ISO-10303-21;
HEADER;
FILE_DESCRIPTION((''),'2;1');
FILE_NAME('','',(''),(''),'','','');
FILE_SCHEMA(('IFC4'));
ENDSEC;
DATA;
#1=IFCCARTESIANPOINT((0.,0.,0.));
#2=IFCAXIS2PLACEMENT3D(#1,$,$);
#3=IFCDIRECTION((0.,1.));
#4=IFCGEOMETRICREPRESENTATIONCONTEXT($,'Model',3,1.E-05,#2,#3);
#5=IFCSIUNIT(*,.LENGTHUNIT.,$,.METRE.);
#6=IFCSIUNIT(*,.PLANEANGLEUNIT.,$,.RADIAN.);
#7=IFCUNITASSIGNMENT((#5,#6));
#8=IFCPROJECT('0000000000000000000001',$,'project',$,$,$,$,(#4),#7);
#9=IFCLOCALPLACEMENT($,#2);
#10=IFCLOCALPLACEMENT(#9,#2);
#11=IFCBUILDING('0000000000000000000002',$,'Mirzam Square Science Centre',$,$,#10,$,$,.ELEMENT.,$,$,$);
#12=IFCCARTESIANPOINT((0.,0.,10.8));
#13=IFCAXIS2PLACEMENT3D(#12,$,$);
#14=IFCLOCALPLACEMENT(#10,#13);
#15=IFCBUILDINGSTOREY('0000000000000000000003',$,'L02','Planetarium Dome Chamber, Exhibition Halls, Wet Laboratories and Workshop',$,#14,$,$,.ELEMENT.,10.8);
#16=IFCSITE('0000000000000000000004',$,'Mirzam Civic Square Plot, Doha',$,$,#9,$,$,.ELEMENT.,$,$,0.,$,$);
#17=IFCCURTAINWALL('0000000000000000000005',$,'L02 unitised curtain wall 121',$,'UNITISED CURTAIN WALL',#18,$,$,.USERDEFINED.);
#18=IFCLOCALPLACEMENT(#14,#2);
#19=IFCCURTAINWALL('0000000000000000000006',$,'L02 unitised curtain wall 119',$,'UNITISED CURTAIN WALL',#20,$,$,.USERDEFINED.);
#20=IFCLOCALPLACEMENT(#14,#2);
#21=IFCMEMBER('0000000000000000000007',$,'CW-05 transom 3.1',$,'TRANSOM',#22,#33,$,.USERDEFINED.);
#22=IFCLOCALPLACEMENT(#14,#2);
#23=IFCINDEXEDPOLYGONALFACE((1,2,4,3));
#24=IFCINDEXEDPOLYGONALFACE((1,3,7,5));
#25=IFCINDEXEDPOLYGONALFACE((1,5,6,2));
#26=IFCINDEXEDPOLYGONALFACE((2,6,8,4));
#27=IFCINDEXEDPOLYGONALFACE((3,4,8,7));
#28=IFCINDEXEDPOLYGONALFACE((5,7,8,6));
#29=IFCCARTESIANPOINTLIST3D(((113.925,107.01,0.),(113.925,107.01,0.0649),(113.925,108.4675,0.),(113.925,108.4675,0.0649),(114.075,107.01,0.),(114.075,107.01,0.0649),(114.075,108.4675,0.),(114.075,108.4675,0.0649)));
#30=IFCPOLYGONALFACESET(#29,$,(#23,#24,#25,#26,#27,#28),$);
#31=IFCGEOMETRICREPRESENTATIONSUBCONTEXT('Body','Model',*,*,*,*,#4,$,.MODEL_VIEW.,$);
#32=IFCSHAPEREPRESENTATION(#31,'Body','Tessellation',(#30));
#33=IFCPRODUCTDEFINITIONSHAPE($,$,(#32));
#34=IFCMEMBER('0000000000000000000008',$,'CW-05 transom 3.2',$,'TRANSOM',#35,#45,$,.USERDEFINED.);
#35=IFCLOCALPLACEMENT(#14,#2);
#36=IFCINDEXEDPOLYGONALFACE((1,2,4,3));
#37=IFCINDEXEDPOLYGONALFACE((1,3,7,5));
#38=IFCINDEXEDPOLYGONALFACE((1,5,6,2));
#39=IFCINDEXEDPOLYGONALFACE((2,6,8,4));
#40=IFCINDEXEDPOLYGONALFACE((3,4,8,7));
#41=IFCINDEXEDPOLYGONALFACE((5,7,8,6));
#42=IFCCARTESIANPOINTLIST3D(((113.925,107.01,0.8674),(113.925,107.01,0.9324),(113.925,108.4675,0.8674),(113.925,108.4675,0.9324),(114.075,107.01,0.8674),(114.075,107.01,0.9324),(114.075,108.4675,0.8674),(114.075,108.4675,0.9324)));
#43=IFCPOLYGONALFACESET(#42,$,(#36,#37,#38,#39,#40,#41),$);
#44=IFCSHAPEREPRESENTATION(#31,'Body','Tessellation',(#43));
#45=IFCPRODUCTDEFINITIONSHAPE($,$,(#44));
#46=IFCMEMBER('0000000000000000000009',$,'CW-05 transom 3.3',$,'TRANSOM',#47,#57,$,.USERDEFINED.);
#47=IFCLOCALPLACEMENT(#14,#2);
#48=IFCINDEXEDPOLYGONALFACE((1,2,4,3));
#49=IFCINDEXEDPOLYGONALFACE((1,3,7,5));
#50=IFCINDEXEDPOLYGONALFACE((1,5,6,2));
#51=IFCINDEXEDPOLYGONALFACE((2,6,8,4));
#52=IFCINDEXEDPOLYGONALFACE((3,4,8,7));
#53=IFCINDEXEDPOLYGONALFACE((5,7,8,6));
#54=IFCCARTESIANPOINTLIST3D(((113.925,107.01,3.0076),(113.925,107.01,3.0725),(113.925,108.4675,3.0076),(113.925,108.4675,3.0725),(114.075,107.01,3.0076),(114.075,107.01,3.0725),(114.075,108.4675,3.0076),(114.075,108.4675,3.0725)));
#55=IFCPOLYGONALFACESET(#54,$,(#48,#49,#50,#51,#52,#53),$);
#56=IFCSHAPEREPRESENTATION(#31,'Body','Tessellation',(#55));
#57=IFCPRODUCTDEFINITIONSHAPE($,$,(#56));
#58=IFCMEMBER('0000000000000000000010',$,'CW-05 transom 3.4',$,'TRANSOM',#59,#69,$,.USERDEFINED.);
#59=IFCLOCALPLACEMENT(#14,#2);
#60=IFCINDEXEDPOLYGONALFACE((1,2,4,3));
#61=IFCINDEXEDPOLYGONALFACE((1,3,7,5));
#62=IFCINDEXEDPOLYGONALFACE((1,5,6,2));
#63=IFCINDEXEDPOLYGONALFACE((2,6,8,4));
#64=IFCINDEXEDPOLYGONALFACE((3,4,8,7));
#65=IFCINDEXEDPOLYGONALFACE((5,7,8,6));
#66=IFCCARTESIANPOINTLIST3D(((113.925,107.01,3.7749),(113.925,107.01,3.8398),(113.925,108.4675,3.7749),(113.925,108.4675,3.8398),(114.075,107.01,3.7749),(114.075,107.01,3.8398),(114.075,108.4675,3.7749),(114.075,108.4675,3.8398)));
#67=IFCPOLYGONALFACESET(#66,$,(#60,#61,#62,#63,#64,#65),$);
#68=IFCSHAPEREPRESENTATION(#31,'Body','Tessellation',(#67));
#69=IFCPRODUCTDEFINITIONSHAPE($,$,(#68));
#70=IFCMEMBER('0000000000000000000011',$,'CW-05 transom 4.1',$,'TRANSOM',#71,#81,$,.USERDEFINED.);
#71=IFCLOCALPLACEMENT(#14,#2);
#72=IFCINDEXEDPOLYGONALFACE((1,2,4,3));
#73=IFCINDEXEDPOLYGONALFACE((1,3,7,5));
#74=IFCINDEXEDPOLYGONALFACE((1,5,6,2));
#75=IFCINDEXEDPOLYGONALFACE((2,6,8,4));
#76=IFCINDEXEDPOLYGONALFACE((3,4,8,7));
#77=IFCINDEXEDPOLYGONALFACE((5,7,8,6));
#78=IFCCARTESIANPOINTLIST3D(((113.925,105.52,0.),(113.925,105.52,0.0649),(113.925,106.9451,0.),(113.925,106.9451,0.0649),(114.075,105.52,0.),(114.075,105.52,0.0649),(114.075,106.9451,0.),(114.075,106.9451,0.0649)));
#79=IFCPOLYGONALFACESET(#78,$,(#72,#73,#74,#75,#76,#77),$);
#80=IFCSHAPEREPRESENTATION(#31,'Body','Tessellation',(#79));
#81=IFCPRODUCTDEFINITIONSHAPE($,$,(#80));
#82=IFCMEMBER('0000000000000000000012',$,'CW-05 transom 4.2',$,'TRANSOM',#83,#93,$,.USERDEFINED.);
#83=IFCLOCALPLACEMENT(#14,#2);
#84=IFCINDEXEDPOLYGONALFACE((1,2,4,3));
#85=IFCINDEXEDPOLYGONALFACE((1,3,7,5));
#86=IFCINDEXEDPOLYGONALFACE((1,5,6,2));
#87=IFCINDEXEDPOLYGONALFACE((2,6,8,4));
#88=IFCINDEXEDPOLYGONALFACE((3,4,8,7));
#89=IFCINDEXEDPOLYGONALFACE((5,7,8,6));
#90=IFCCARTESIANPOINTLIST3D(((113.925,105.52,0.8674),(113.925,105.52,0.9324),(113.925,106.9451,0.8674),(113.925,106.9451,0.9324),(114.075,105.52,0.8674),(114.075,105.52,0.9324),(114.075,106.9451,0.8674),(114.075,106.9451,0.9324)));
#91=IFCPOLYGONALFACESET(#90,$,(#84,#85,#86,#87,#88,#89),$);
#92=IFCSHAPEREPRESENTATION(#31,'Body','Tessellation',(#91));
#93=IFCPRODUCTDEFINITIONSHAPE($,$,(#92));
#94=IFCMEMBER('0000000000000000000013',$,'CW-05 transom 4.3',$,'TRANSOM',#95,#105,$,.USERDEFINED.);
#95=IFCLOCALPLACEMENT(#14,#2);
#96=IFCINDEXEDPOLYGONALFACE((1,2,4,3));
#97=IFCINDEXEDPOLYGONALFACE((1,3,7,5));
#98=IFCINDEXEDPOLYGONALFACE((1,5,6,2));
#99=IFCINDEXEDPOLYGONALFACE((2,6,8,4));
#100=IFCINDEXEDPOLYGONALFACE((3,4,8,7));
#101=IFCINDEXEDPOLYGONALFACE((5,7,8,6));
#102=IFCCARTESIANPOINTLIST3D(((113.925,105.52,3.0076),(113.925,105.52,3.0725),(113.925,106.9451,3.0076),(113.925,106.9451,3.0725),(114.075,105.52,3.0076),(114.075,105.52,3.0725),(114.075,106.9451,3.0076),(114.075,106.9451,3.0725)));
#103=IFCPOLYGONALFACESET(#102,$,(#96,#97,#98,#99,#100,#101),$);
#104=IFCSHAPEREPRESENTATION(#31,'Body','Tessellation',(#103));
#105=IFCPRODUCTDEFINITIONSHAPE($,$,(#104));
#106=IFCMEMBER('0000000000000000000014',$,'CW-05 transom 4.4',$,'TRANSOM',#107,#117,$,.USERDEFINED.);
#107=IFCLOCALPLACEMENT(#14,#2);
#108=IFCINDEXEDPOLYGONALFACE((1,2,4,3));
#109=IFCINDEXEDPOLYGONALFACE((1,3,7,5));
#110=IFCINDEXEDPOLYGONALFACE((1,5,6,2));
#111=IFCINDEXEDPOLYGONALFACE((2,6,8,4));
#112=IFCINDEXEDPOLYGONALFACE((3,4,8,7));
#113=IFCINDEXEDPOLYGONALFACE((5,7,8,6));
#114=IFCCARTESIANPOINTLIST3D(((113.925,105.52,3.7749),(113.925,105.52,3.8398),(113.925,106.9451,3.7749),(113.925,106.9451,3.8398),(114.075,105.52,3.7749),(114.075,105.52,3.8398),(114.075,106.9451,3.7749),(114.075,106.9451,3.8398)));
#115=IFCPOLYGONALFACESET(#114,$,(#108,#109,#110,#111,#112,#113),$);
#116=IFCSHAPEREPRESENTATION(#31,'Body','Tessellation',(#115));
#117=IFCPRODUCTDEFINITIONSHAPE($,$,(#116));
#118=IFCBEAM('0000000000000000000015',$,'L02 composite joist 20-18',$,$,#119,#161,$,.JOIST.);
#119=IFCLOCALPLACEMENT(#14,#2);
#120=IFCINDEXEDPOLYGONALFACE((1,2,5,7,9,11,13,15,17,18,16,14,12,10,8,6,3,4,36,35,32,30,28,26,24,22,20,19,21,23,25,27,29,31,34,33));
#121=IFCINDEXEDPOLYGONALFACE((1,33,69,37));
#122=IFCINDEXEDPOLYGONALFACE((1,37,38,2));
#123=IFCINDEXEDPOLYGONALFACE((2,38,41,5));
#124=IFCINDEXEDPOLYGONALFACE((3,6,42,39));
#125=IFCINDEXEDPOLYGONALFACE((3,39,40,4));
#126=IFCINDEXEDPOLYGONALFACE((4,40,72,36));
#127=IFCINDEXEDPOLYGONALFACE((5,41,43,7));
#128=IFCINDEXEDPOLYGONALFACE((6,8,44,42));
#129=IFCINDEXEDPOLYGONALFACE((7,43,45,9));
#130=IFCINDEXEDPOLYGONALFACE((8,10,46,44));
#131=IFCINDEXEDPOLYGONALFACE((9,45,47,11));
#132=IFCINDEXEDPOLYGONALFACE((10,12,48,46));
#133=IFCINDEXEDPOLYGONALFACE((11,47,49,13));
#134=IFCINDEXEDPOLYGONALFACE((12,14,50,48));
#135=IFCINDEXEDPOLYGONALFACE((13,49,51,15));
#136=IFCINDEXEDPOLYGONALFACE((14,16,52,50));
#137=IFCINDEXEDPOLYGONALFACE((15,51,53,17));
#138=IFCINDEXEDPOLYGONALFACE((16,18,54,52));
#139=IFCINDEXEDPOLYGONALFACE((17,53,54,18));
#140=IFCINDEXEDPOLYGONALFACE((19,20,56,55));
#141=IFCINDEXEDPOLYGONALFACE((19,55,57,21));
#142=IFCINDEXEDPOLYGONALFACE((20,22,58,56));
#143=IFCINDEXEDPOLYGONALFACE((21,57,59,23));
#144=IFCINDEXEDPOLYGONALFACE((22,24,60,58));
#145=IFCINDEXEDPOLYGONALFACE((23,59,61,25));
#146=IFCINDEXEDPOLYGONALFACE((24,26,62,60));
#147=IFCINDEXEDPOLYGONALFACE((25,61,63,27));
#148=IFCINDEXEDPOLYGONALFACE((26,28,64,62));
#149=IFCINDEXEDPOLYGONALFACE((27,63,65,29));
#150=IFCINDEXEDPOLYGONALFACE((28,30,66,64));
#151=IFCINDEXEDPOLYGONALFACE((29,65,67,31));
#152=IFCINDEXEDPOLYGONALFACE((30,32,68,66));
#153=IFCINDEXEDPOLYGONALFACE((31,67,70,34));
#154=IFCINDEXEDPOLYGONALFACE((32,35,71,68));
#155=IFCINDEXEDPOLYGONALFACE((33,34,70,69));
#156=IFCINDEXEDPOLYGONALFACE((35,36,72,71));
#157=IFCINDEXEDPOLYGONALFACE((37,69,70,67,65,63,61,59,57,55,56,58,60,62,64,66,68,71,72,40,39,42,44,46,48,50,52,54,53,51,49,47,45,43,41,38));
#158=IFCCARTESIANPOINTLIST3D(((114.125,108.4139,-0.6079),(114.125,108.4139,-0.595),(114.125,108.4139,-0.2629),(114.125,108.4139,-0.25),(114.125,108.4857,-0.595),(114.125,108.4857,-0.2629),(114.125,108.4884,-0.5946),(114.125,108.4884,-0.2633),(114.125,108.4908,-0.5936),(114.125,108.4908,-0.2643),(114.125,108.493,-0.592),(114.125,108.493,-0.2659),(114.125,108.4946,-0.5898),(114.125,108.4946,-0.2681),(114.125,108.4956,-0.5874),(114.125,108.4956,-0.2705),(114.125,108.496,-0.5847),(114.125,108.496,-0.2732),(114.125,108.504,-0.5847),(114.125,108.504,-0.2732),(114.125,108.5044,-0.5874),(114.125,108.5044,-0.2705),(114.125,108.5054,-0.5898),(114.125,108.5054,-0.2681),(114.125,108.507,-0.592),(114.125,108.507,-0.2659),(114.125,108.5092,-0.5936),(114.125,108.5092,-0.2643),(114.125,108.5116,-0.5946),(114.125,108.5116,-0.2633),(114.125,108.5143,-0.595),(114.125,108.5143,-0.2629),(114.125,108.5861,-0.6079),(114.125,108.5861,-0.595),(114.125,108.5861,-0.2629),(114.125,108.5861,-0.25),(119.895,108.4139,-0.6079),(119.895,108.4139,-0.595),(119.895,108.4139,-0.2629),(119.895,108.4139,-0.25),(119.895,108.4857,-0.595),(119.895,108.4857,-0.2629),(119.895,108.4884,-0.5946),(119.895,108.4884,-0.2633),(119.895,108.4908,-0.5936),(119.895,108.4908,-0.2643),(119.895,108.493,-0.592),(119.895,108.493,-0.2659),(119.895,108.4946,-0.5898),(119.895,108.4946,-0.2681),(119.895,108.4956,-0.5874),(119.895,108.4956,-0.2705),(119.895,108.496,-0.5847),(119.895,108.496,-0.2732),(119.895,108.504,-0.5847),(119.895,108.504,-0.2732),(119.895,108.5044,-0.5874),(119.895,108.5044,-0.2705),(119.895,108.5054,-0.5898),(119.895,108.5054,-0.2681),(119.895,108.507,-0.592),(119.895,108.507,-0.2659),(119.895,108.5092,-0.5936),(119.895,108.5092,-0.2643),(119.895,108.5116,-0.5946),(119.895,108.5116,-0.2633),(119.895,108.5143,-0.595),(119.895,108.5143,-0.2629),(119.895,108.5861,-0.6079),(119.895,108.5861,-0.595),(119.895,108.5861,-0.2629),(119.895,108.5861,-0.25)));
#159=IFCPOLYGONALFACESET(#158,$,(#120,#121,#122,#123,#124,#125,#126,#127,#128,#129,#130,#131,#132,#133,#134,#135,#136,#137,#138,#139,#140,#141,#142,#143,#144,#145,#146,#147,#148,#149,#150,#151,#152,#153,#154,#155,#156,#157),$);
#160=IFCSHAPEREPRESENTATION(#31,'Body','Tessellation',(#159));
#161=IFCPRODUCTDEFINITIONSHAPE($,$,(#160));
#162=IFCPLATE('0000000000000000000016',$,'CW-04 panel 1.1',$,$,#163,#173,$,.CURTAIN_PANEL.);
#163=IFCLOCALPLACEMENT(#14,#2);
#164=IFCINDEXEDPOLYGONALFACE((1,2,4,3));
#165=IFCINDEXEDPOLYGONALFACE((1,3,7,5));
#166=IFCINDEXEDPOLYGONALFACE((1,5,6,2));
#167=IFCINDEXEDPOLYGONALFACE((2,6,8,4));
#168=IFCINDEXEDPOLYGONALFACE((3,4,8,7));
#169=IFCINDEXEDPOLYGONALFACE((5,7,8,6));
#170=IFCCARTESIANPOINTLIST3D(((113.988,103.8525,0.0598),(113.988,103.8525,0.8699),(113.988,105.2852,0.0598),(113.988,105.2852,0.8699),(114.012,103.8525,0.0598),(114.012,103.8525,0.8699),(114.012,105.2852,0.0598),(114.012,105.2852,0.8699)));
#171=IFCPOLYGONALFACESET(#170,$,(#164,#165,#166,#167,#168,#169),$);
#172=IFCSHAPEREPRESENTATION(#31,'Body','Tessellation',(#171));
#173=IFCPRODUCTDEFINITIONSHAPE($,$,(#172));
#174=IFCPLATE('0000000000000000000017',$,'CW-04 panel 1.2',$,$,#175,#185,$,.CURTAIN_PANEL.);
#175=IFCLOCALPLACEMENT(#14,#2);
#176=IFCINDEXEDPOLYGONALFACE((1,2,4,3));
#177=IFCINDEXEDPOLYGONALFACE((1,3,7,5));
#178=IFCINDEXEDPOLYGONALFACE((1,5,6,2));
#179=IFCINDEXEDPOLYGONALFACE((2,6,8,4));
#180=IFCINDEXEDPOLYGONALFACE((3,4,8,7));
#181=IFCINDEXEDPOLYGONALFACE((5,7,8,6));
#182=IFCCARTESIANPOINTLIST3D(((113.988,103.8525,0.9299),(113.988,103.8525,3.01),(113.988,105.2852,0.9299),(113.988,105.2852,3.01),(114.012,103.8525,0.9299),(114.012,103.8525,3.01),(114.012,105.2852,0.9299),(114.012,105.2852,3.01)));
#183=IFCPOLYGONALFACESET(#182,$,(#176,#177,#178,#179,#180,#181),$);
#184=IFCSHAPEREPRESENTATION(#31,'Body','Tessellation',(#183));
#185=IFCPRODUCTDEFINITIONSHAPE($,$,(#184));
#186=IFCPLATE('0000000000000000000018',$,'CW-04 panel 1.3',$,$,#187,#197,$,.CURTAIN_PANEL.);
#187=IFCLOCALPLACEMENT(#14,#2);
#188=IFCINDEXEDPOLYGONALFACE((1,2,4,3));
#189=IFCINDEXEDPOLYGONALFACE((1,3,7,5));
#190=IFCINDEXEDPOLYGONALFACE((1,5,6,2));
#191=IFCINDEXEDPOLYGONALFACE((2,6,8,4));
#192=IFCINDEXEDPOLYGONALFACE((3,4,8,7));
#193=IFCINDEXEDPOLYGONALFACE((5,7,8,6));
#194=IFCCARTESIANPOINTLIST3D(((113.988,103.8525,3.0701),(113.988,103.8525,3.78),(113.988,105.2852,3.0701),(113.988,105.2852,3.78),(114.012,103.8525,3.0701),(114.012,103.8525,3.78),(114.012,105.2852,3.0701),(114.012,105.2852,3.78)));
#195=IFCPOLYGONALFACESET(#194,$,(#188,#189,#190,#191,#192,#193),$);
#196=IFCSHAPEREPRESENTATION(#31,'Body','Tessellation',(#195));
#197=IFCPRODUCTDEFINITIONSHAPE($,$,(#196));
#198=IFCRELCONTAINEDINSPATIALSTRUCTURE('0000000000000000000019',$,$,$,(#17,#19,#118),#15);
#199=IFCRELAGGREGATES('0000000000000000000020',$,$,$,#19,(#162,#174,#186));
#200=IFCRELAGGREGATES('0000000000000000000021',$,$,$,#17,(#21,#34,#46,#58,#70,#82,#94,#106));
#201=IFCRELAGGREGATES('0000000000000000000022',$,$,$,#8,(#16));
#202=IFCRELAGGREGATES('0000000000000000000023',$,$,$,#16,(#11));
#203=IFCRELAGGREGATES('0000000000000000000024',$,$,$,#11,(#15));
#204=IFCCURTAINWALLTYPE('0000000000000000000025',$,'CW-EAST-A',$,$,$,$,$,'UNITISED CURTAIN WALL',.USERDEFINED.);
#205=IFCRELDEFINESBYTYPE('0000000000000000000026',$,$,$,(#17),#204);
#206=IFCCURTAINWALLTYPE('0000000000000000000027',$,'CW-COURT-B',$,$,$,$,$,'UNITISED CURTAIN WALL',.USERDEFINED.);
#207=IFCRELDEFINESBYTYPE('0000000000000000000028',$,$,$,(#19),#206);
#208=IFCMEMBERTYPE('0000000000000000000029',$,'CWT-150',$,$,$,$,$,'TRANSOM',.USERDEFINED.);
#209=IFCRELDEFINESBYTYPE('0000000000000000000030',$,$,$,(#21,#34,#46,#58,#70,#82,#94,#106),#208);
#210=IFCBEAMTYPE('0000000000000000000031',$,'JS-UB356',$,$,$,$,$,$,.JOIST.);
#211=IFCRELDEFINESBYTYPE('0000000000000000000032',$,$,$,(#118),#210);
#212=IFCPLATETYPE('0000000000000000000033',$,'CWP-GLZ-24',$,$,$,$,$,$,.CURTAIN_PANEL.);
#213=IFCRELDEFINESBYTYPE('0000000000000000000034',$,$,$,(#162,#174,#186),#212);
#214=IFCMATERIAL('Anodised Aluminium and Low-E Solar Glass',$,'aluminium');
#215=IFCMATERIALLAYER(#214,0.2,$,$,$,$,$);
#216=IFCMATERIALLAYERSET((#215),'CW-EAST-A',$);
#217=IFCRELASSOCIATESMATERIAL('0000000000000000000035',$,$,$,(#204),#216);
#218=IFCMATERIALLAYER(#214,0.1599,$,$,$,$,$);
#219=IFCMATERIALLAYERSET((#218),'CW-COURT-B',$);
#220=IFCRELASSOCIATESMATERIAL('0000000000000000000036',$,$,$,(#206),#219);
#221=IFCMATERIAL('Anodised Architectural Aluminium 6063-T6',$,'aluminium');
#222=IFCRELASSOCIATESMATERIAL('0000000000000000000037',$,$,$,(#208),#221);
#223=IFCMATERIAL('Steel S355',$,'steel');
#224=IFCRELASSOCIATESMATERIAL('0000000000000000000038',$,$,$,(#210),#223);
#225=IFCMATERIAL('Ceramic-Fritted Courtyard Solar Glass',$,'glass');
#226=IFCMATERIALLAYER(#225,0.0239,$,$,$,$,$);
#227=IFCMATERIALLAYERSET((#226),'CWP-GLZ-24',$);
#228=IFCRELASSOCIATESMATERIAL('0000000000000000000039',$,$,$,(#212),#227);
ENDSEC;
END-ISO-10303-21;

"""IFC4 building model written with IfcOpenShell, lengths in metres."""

from ifc_helpers import new_model, si_unit, direction, frame, origin, origin_2d, place, context, subcontext, project, spatial, rectangle, i_section, extrude, material, layer, layer_set, material_profile, profile_set, type_object, element, aggregate, save


model = new_model("IFC4")

# Units and contexts
model_context = context("Model", 3, precision=1e-05, world=origin(), true_north=direction((0.0, 1.0)))
body_context = subcontext(model_context, "Body", "Model", "MODEL_VIEW")
ifc_project = project(units=[si_unit("LENGTHUNIT", "METRE"), si_unit("PLANEANGLEUNIT", "RADIAN")], contexts=[model_context])

# Site, building, storey
site_placement = place(None, origin())
site = spatial("IfcSite", under=ifc_project, at=site_placement, Name="Mirzam Civic Square Plot, Doha", CompositionType="ELEMENT", RefElevation=0.0)
building_placement = place(site_placement, origin())
building = spatial("IfcBuilding", under=site, at=building_placement, Name="Mirzam Square Science Centre", CompositionType="ELEMENT")
storey_placement = place(building_placement, frame((0.0, 0.0, 10.8)))
storey = spatial("IfcBuildingStorey", under=building, at=storey_placement, Name="L02", Description="Planetarium Dome Chamber, Exhibition Halls, Wet Laboratories and Workshop", CompositionType="ELEMENT", Elevation=10.8)

# Curtain walls
ifc_material_1 = material(Name="Anodised Aluminium and Low-E Solar Glass", Category="aluminium")
ifc_layer_1 = layer(ifc_material_1, 0.2)
ifc_layer_set_1 = layer_set([ifc_layer_1], Name="CW-EAST-A")
curtain_wall_type_1 = type_object("IfcCurtainWallType", Name="CW-EAST-A", ElementType="UNITISED CURTAIN WALL", PredefinedType="USERDEFINED", material=ifc_layer_set_1)
curtain_wall_1_placement = place(storey_placement, origin())
curtain_wall_1 = element("IfcCurtainWall", 1, at=curtain_wall_1_placement, inside=storey, type_object=curtain_wall_type_1, Name="L02 unitised curtain wall 121", ObjectType="UNITISED CURTAIN WALL", PredefinedType="USERDEFINED")
ifc_material_2 = material(Name="Anodised Architectural Aluminium 6063-T6", Category="aluminium")
ifc_layer_2 = layer(ifc_material_1, 0.1599)
ifc_layer_set_2 = layer_set([ifc_layer_2], Name="CW-COURT-B")
curtain_wall_type_2 = type_object("IfcCurtainWallType", Name="CW-COURT-B", ElementType="UNITISED CURTAIN WALL", PredefinedType="USERDEFINED", material=ifc_layer_set_2)
curtain_wall_2_placement = place(storey_placement, origin())
curtain_wall_2 = element("IfcCurtainWall", 2, at=curtain_wall_2_placement, inside=storey, type_object=curtain_wall_type_2, Name="L02 unitised curtain wall 119", ObjectType="UNITISED CURTAIN WALL", PredefinedType="USERDEFINED")

# Members
ifc_material_profile_1 = material_profile(ifc_material_2, rectangle(XDim=0.1499, YDim=0.0649, at=origin_2d()), Name="ALU-TRAN-150x65x4")
ifc_profile_set_1 = profile_set([ifc_material_profile_1], Name="Anodised Architectural Aluminium 6063-T6")
member_type_1 = type_object("IfcMemberType", Name="CWT-150", ElementType="TRANSOM", PredefinedType="USERDEFINED", material=ifc_profile_set_1)
member_1_placement = place(storey_placement, frame((114.0, 108.4675, 0.0325), z_axis=(0.0, -1.0, 0.0), x_axis=(1.0, 0.0, 0.0)))
member_1 = element("IfcMember", 3, at=member_1_placement, type_object=member_type_1, Name="CW-05 transom 3.1", ObjectType="TRANSOM", PredefinedType="USERDEFINED", context=body_context, shape_type="SweptSolid", body=[
    extrude(rectangle(XDim=0.1499, YDim=0.0649, at=origin_2d()), origin(), (0.0, 0.0, 1.0), 1.4575),
])
member_2_placement = place(storey_placement, frame((114.0, 108.4675, 0.8999), z_axis=(0.0, -1.0, 0.0), x_axis=(1.0, 0.0, 0.0)))
member_2 = element("IfcMember", 4, at=member_2_placement, type_object=member_type_1, Name="CW-05 transom 3.2", ObjectType="TRANSOM", PredefinedType="USERDEFINED", context=body_context, shape_type="SweptSolid", body=[
    extrude(rectangle(XDim=0.1499, YDim=0.0649, at=origin_2d()), origin(), (0.0, 0.0, 1.0), 1.4575),
])
member_3_placement = place(storey_placement, frame((114.0, 108.4675, 3.04), z_axis=(0.0, -1.0, 0.0), x_axis=(1.0, 0.0, 0.0)))
member_3 = element("IfcMember", 5, at=member_3_placement, type_object=member_type_1, Name="CW-05 transom 3.3", ObjectType="TRANSOM", PredefinedType="USERDEFINED", context=body_context, shape_type="SweptSolid", body=[
    extrude(rectangle(XDim=0.1499, YDim=0.0649, at=origin_2d()), origin(), (0.0, 0.0, 1.0), 1.4575),
])
member_4_placement = place(storey_placement, frame((114.0, 108.4675, 3.8074), z_axis=(0.0, -1.0, 0.0), x_axis=(1.0, 0.0, 0.0)))
member_4 = element("IfcMember", 6, at=member_4_placement, type_object=member_type_1, Name="CW-05 transom 3.4", ObjectType="TRANSOM", PredefinedType="USERDEFINED", context=body_context, shape_type="SweptSolid", body=[
    extrude(rectangle(XDim=0.1499, YDim=0.0649, at=origin_2d()), origin(), (0.0, 0.0, 1.0), 1.4575),
])
member_5_placement = place(storey_placement, frame((114.0, 106.9451, 0.0325), z_axis=(0.0, -1.0, 0.0), x_axis=(1.0, 0.0, 0.0)))
member_5 = element("IfcMember", 7, at=member_5_placement, type_object=member_type_1, Name="CW-05 transom 4.1", ObjectType="TRANSOM", PredefinedType="USERDEFINED", context=body_context, shape_type="SweptSolid", body=[
    extrude(rectangle(XDim=0.1499, YDim=0.0649, at=origin_2d()), origin(), (0.0, 0.0, 1.0), 1.425),
])
member_6_placement = place(storey_placement, frame((114.0, 106.9451, 0.8999), z_axis=(0.0, -1.0, 0.0), x_axis=(1.0, 0.0, 0.0)))
member_6 = element("IfcMember", 8, at=member_6_placement, type_object=member_type_1, Name="CW-05 transom 4.2", ObjectType="TRANSOM", PredefinedType="USERDEFINED", context=body_context, shape_type="SweptSolid", body=[
    extrude(rectangle(XDim=0.1499, YDim=0.0649, at=origin_2d()), origin(), (0.0, 0.0, 1.0), 1.425),
])
member_7_placement = place(storey_placement, frame((114.0, 106.9451, 3.04), z_axis=(0.0, -1.0, 0.0), x_axis=(1.0, 0.0, 0.0)))
member_7 = element("IfcMember", 9, at=member_7_placement, type_object=member_type_1, Name="CW-05 transom 4.3", ObjectType="TRANSOM", PredefinedType="USERDEFINED", context=body_context, shape_type="SweptSolid", body=[
    extrude(rectangle(XDim=0.1499, YDim=0.0649, at=origin_2d()), origin(), (0.0, 0.0, 1.0), 1.425),
])
member_8_placement = place(storey_placement, frame((114.0, 106.9451, 3.8074), z_axis=(0.0, -1.0, 0.0), x_axis=(1.0, 0.0, 0.0)))
member_8 = element("IfcMember", 10, at=member_8_placement, type_object=member_type_1, Name="CW-05 transom 4.4", ObjectType="TRANSOM", PredefinedType="USERDEFINED", context=body_context, shape_type="SweptSolid", body=[
    extrude(rectangle(XDim=0.1499, YDim=0.0649, at=origin_2d()), origin(), (0.0, 0.0, 1.0), 1.425),
])

# Beam
ifc_material_3 = material(Name="Steel S355", Category="steel")
ifc_material_profile_2 = material_profile(ifc_material_3, i_section(OverallWidth=0.1721, OverallDepth=0.3579, WebThickness=0.0081, FlangeThickness=0.0129, FilletRadius=0.0103, at=origin_2d()), Name="356x171x57UB")
ifc_profile_set_2 = profile_set([ifc_material_profile_2], Name="Steel S355")
beam_type = type_object("IfcBeamType", Name="JS-UB356", PredefinedType="JOIST", material=ifc_profile_set_2)
beam_placement = place(storey_placement, frame((114.125, 108.5, -0.429), z_axis=(1.0, 0.0, 0.0), x_axis=(0.0, 1.0, 0.0)))
element("IfcBeam", 11, at=beam_placement, inside=storey, type_object=beam_type, Name="L02 composite joist 20-18", PredefinedType="JOIST", context=body_context, shape_type="SweptSolid", body=[
    extrude(i_section(OverallWidth=0.1721, OverallDepth=0.3579, WebThickness=0.0081, FlangeThickness=0.0129, FilletRadius=0.0103, at=origin_2d()), origin(), (0.0, 0.0, 1.0), 5.77),
])

# Plates
ifc_material_4 = material(Name="Ceramic-Fritted Courtyard Solar Glass", Category="glass")
ifc_layer_3 = layer(ifc_material_4, 0.0239)
ifc_layer_set_3 = layer_set([ifc_layer_3], Name="CWP-GLZ-24")
plate_type_1 = type_object("IfcPlateType", Name="CWP-GLZ-24", PredefinedType="CURTAIN_PANEL", material=ifc_layer_set_3)
plate_1_placement = place(storey_placement, frame((114.0, 104.5688, 0.0598), z_axis=(0.0, 0.0, 1.0), x_axis=(0.0, -1.0, 0.0)))
plate_1 = element("IfcPlate", 12, at=plate_1_placement, type_object=plate_type_1, Name="CW-04 panel 1.1", PredefinedType="CURTAIN_PANEL", context=body_context, shape_type="SweptSolid", body=[
    extrude(rectangle(XDim=1.4326, YDim=0.0239, at=origin_2d()), origin(), (0.0, 0.0, 1.0), 0.8101),
])
plate_2_placement = place(storey_placement, frame((114.0, 104.5688, 0.9299), z_axis=(0.0, 0.0, 1.0), x_axis=(0.0, -1.0, 0.0)))
plate_2 = element("IfcPlate", 13, at=plate_2_placement, type_object=plate_type_1, Name="CW-04 panel 1.2", PredefinedType="CURTAIN_PANEL", context=body_context, shape_type="SweptSolid", body=[
    extrude(rectangle(XDim=1.4326, YDim=0.0239, at=origin_2d()), origin(), (0.0, 0.0, 1.0), 2.0801),
])
plate_3_placement = place(storey_placement, frame((114.0, 104.5688, 3.0701), z_axis=(0.0, 0.0, 1.0), x_axis=(0.0, -1.0, 0.0)))
plate_3 = element("IfcPlate", 14, at=plate_3_placement, type_object=plate_type_1, Name="CW-04 panel 1.3", PredefinedType="CURTAIN_PANEL", context=body_context, shape_type="SweptSolid", body=[
    extrude(rectangle(XDim=1.4326, YDim=0.0239, at=origin_2d()), origin(), (0.0, 0.0, 1.0), 0.71),
])
aggregate(curtain_wall_2, [plate_1, plate_2, plate_3])
aggregate(curtain_wall_1, [member_1, member_2, member_3, member_4, member_5, member_6, member_7, member_8])

save(model, "model.ifc")
